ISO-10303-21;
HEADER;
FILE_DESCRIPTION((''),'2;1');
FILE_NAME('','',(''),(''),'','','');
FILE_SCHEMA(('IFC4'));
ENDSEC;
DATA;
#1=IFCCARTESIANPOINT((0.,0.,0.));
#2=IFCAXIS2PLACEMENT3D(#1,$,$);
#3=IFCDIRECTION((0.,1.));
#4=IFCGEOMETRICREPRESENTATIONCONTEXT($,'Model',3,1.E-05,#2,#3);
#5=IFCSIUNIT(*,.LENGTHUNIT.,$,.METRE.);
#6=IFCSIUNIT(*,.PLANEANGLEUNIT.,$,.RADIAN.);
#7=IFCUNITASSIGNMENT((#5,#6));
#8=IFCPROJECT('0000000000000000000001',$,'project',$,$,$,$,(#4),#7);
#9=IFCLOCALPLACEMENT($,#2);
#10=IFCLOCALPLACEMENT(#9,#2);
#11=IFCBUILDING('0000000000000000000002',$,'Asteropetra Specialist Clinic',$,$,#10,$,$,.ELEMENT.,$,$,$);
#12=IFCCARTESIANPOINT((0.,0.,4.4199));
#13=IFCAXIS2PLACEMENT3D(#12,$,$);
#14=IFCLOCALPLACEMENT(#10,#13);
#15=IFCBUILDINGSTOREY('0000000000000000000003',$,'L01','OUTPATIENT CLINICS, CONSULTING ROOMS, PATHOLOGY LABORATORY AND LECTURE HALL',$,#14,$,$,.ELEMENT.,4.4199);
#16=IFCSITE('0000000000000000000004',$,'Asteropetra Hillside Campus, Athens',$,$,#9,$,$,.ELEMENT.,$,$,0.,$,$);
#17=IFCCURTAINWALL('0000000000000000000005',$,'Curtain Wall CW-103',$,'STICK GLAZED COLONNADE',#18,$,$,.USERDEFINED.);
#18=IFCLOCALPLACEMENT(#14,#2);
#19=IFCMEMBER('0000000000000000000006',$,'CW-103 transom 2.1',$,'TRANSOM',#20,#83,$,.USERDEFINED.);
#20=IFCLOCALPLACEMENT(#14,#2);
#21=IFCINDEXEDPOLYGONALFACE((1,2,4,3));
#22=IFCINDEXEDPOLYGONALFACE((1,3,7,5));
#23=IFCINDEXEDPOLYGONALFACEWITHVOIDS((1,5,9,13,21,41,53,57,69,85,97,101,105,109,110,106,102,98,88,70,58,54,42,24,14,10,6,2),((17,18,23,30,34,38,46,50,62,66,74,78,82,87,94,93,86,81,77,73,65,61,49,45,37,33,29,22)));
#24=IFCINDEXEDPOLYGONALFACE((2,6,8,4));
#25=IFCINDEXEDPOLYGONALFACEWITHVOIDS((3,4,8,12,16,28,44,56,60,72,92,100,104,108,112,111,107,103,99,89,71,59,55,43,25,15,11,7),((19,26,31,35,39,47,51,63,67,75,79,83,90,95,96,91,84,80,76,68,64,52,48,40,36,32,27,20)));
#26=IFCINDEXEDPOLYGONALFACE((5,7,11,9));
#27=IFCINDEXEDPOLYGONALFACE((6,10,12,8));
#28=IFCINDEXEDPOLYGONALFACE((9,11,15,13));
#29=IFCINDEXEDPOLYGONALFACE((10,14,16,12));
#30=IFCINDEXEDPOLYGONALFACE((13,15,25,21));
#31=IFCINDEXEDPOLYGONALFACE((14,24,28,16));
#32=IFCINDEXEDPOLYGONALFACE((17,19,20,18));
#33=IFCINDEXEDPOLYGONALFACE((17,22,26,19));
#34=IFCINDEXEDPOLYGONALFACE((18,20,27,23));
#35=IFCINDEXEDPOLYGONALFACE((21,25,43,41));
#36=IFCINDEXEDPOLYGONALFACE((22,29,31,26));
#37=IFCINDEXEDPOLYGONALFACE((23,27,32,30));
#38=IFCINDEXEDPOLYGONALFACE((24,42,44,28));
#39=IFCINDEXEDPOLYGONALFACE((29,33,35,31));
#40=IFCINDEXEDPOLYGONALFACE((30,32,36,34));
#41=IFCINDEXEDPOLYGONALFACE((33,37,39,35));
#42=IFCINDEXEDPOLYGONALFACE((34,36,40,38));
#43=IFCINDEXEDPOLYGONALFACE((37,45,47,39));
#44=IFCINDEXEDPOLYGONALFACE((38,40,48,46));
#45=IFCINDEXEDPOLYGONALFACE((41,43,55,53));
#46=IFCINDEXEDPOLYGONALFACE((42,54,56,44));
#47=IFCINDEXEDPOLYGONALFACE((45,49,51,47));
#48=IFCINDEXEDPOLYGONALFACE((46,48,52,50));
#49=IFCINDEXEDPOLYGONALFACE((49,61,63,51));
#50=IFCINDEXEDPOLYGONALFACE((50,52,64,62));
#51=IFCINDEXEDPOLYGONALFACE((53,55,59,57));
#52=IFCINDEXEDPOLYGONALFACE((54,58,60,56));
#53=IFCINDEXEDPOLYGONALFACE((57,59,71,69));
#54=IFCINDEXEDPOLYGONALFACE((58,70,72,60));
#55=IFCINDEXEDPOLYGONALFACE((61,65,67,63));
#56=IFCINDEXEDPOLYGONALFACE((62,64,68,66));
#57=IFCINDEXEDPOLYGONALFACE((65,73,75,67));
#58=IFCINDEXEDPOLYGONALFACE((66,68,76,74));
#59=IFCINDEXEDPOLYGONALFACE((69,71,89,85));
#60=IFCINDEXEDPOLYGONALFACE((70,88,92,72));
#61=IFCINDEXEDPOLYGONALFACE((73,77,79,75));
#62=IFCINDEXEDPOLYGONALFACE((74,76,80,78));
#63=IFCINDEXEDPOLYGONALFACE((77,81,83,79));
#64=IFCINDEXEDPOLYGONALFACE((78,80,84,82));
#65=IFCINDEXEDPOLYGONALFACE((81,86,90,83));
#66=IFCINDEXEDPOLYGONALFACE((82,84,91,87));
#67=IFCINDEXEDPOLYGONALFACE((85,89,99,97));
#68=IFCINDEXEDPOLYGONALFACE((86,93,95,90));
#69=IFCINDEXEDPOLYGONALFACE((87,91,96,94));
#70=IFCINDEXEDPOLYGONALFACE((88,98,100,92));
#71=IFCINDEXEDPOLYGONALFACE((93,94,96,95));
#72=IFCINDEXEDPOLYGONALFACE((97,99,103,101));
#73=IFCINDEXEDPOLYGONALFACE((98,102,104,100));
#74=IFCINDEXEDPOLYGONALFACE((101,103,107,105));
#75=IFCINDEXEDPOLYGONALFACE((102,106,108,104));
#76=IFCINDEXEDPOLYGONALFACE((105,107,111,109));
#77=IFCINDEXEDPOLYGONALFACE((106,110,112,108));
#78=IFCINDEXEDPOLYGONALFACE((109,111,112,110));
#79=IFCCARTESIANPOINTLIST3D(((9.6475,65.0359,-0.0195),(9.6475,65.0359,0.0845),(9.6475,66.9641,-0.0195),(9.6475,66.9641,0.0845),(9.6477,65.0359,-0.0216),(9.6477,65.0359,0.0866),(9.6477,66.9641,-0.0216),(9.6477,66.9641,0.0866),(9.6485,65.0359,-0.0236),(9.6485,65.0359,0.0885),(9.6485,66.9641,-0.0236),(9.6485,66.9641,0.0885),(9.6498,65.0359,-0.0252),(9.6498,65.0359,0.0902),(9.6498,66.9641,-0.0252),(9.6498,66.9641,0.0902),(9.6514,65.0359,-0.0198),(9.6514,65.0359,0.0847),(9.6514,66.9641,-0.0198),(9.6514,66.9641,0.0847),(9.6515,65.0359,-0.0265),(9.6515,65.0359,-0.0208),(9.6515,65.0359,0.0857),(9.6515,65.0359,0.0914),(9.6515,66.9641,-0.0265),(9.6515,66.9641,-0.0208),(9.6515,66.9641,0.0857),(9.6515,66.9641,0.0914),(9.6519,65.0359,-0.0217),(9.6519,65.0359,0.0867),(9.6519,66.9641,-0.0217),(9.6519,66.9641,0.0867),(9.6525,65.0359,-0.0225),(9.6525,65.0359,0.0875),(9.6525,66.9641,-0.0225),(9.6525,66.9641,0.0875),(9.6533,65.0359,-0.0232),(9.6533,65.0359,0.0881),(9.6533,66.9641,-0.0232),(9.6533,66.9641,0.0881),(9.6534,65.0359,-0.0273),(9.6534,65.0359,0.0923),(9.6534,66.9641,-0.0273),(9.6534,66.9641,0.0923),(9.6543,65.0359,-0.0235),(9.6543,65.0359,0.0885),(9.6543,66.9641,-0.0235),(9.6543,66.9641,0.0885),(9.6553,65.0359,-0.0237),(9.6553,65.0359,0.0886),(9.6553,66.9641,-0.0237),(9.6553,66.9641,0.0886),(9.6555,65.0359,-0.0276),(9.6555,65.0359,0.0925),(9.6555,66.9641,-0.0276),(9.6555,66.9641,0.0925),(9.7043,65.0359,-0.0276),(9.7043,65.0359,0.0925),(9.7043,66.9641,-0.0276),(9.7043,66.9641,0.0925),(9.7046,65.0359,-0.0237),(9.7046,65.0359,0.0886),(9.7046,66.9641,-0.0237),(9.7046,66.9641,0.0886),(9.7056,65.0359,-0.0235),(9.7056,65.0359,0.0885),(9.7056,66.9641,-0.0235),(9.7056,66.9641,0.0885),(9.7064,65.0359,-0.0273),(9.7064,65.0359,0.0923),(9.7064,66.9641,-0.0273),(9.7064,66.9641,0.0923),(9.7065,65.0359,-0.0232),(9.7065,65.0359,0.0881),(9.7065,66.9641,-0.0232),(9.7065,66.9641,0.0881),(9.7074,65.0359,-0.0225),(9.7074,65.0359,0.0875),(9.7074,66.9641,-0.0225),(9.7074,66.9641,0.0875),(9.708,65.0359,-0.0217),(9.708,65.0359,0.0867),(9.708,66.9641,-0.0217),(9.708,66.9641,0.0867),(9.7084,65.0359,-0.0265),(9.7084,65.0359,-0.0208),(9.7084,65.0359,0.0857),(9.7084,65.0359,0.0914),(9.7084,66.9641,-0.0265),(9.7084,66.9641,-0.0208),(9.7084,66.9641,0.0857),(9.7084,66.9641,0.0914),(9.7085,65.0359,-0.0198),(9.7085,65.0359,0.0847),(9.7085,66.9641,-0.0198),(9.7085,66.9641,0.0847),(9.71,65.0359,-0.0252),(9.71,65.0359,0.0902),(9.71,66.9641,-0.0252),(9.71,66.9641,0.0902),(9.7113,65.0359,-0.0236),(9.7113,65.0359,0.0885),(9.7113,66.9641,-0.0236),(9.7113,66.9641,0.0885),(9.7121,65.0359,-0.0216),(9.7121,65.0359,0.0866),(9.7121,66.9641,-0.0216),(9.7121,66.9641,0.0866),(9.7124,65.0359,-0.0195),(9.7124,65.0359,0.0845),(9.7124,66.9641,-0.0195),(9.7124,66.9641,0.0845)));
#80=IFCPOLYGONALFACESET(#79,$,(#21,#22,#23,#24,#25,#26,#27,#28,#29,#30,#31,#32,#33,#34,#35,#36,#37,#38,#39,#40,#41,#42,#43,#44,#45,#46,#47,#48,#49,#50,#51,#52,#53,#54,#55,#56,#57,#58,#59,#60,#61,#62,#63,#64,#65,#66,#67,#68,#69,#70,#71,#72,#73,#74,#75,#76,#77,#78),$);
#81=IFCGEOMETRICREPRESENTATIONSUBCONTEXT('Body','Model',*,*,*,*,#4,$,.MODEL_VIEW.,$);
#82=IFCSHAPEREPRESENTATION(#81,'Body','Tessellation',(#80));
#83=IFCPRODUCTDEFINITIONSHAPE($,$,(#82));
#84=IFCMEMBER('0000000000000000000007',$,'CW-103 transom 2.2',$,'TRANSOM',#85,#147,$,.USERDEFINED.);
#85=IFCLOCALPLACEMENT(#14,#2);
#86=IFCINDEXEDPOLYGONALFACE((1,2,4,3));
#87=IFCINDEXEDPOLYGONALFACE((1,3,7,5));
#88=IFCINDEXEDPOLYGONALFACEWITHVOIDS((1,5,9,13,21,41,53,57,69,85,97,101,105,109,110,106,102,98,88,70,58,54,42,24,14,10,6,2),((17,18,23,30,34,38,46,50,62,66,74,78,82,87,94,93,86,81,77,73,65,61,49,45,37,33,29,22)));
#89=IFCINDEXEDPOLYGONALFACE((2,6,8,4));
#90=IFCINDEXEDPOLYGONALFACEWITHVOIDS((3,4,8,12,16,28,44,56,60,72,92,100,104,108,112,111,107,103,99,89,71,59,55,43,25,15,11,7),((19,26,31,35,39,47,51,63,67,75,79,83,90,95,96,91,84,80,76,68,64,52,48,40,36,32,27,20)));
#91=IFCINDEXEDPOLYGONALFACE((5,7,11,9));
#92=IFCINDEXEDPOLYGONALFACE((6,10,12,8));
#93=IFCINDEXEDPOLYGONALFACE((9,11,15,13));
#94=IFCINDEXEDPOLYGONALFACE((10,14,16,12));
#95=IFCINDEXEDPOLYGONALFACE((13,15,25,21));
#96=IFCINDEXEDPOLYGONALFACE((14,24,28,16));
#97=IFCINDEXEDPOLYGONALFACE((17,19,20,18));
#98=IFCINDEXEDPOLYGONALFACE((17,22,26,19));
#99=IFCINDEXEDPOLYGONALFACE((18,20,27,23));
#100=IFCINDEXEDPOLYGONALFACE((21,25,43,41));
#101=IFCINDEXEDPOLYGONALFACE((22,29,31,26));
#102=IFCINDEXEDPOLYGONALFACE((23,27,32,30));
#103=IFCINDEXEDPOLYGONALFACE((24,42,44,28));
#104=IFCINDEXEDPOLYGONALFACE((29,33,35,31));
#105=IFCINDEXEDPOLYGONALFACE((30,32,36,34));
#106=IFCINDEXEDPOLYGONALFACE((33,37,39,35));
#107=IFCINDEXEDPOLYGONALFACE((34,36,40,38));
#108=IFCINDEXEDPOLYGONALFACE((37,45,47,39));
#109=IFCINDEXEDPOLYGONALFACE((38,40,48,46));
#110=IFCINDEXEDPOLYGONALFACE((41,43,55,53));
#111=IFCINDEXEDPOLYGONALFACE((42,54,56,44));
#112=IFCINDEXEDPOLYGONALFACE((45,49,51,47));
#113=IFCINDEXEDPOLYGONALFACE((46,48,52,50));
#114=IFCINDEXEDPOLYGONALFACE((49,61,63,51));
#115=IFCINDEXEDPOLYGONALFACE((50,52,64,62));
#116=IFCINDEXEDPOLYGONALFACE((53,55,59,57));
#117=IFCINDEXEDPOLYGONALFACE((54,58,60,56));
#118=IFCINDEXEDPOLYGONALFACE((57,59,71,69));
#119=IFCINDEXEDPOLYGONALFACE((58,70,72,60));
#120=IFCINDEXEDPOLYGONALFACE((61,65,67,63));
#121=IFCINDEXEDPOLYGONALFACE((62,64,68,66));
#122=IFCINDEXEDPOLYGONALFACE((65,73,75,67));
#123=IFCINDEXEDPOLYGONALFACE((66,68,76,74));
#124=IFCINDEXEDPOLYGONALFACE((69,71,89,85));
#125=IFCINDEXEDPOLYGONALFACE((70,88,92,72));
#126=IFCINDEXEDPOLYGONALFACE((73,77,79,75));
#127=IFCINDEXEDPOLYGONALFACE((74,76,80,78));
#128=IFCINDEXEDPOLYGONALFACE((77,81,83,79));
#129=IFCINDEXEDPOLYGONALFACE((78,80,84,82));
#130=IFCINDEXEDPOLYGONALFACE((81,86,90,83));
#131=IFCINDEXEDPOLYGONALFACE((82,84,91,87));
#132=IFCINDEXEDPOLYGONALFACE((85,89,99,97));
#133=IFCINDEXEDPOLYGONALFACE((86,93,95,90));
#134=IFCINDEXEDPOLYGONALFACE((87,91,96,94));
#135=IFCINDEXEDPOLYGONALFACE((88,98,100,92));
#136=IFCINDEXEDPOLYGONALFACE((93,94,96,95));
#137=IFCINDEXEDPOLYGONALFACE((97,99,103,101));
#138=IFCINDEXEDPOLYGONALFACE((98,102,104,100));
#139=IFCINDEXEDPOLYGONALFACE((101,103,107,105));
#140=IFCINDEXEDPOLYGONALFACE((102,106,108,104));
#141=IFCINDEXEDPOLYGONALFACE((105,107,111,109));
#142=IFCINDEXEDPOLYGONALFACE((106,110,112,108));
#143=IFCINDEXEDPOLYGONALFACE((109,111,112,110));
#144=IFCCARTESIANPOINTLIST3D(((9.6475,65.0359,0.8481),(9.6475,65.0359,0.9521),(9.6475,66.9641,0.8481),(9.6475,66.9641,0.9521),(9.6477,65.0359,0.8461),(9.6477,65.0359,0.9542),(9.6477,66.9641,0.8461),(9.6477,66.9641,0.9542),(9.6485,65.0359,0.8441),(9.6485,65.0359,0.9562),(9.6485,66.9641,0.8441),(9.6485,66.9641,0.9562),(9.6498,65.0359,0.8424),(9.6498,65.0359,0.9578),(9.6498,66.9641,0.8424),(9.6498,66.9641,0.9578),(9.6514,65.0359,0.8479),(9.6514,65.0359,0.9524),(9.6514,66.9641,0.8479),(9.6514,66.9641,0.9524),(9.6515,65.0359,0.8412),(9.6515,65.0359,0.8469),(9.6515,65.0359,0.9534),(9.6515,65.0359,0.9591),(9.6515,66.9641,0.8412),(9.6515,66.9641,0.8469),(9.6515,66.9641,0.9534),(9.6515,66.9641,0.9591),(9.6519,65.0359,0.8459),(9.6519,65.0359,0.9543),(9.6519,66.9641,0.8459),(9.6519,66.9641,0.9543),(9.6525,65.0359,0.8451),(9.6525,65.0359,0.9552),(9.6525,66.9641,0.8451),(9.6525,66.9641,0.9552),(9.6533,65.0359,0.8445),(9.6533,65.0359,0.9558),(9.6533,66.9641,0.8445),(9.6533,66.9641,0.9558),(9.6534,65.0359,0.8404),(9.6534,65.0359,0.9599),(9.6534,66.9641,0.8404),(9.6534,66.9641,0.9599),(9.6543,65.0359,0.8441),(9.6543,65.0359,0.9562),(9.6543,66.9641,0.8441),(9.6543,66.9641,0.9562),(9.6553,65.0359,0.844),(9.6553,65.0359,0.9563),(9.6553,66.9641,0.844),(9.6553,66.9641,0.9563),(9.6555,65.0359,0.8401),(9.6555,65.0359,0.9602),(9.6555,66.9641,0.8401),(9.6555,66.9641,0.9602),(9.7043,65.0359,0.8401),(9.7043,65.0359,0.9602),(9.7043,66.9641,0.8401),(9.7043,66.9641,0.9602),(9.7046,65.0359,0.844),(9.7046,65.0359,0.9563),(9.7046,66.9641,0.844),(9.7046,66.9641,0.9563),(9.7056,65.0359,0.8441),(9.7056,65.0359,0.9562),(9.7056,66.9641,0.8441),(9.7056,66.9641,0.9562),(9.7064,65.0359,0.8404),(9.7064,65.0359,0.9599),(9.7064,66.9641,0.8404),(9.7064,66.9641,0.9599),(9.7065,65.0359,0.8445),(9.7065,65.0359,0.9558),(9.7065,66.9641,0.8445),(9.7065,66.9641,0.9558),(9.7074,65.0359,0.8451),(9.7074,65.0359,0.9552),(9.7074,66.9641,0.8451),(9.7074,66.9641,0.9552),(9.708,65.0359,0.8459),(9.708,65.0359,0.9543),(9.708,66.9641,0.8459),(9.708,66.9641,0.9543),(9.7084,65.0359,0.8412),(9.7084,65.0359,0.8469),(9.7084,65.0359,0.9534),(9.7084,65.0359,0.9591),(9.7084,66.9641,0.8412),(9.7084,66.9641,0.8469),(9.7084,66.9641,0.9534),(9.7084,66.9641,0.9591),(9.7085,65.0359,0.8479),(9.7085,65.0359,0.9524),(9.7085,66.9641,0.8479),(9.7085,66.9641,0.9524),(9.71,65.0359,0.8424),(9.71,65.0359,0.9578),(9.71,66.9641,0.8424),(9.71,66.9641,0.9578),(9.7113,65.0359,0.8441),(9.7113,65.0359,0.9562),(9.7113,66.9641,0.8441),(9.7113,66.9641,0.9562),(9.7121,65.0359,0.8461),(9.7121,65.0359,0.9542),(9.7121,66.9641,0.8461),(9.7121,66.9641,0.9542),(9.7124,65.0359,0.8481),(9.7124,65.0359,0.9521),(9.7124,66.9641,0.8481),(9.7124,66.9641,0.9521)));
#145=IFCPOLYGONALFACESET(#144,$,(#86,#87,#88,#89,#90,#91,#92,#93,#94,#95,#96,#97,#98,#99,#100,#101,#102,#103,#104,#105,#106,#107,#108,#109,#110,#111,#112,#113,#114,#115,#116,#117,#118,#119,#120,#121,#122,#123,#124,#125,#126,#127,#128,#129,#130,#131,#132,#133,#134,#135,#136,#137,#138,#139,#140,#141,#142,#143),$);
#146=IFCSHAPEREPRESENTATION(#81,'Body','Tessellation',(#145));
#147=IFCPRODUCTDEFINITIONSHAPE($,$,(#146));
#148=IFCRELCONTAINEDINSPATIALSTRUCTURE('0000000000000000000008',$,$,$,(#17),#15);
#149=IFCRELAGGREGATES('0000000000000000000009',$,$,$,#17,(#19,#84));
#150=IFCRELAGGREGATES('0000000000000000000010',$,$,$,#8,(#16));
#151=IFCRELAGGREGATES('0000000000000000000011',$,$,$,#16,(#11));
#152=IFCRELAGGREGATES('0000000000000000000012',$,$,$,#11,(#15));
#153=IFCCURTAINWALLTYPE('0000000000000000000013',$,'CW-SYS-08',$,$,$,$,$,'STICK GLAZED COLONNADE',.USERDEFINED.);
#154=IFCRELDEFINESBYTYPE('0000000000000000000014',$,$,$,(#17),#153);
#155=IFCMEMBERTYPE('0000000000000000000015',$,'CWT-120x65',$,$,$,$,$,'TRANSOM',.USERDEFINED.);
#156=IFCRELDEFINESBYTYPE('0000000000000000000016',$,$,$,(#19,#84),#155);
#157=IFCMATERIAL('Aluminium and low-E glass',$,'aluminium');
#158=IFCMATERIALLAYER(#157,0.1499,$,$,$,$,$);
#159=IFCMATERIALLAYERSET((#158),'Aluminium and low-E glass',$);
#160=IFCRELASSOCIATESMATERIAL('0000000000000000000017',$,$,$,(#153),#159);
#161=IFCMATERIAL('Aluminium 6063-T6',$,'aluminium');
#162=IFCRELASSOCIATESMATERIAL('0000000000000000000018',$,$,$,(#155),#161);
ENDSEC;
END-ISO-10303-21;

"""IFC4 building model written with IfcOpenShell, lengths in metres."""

from ifc_helpers import new_model, si_unit, direction, frame, origin, origin_2d, place, context, subcontext, project, spatial, hollow_rectangle, extrude, material, layer, layer_set, material_profile, profile_set, type_object, element, aggregate, save


model = new_model("IFC4")

# Units and contexts
model_context = context("Model", 3, precision=1e-05, world=origin(), true_north=direction((0.0, 1.0)))
body_context = subcontext(model_context, "Body", "Model", "MODEL_VIEW")
ifc_project = project(units=[si_unit("LENGTHUNIT", "METRE"), si_unit("PLANEANGLEUNIT", "RADIAN")], contexts=[model_context])

# Site, building, storey
site_placement = place(None, origin())
site = spatial("IfcSite", under=ifc_project, at=site_placement, Name="Asteropetra Hillside Campus, Athens", CompositionType="ELEMENT", RefElevation=0.0)
building_placement = place(site_placement, origin())
building = spatial("IfcBuilding", under=site, at=building_placement, Name="Asteropetra Specialist Clinic", CompositionType="ELEMENT")
storey_placement = place(building_placement, frame((0.0, 0.0, 4.4199)))
storey = spatial("IfcBuildingStorey", under=building, at=storey_placement, Name="L01", Description="OUTPATIENT CLINICS, CONSULTING ROOMS, PATHOLOGY LABORATORY AND LECTURE HALL", CompositionType="ELEMENT", Elevation=4.4199)

# Curtain wall, members
ifc_material_1 = material(Name="Aluminium and low-E glass", Category="aluminium")
ifc_layer_1 = layer(ifc_material_1, 0.1499)
ifc_layer_set_1 = layer_set([ifc_layer_1], Name="Aluminium and low-E glass")
curtain_wall_type = type_object("IfcCurtainWallType", Name="CW-SYS-08", ElementType="STICK GLAZED COLONNADE", PredefinedType="USERDEFINED", material=ifc_layer_set_1)
curtain_wall_placement = place(storey_placement, origin())
curtain_wall = element("IfcCurtainWall", 1, at=curtain_wall_placement, inside=storey, type_object=curtain_wall_type, Name="Curtain Wall CW-103", ObjectType="STICK GLAZED COLONNADE", PredefinedType="USERDEFINED")
ifc_material_2 = material(Name="Aluminium 6063-T6", Category="aluminium")
ifc_material_profile_1 = material_profile(ifc_material_2, hollow_rectangle(XDim=0.0649, YDim=0.1201, WallThickness=0.0039, InnerFilletRadius=0.0039, OuterFilletRadius=0.0081, at=origin_2d()), Name="TRN 120x65x4.0")
ifc_profile_set_1 = profile_set([ifc_material_profile_1], Name="Aluminium 6063-T6")
member_type_1 = type_object("IfcMemberType", Name="CWT-120x65", ElementType="TRANSOM", PredefinedType="USERDEFINED", material=ifc_profile_set_1)
member_1_placement = place(storey_placement, frame((9.6799, 65.0359, 0.0325), z_axis=(0.0, 1.0, 0.0), x_axis=(-1.0, 0.0, 0.0)))
member_1 = element("IfcMember", 2, at=member_1_placement, type_object=member_type_1, Name="CW-103 transom 2.1", ObjectType="TRANSOM", PredefinedType="USERDEFINED", context=body_context, shape_type="SweptSolid", body=[
    extrude(hollow_rectangle(XDim=0.0649, YDim=0.1201, WallThickness=0.0039, InnerFilletRadius=0.0039, OuterFilletRadius=0.0081, at=origin_2d()), origin(), (0.0, 0.0, 1.0), 1.9282),
])
member_2_placement = place(storey_placement, frame((9.6799, 65.0359, 0.9001), z_axis=(0.0, 1.0, 0.0), x_axis=(-1.0, 0.0, 0.0)))
member_2 = element("IfcMember", 3, at=member_2_placement, type_object=member_type_1, Name="CW-103 transom 2.2", ObjectType="TRANSOM", PredefinedType="USERDEFINED", context=body_context, shape_type="SweptSolid", body=[
    extrude(hollow_rectangle(XDim=0.0649, YDim=0.1201, WallThickness=0.0039, InnerFilletRadius=0.0039, OuterFilletRadius=0.0081, at=origin_2d()), origin(), (0.0, 0.0, 1.0), 1.9282),
])
aggregate(curtain_wall, [member_1, member_2])

save(model, "model.ifc")
